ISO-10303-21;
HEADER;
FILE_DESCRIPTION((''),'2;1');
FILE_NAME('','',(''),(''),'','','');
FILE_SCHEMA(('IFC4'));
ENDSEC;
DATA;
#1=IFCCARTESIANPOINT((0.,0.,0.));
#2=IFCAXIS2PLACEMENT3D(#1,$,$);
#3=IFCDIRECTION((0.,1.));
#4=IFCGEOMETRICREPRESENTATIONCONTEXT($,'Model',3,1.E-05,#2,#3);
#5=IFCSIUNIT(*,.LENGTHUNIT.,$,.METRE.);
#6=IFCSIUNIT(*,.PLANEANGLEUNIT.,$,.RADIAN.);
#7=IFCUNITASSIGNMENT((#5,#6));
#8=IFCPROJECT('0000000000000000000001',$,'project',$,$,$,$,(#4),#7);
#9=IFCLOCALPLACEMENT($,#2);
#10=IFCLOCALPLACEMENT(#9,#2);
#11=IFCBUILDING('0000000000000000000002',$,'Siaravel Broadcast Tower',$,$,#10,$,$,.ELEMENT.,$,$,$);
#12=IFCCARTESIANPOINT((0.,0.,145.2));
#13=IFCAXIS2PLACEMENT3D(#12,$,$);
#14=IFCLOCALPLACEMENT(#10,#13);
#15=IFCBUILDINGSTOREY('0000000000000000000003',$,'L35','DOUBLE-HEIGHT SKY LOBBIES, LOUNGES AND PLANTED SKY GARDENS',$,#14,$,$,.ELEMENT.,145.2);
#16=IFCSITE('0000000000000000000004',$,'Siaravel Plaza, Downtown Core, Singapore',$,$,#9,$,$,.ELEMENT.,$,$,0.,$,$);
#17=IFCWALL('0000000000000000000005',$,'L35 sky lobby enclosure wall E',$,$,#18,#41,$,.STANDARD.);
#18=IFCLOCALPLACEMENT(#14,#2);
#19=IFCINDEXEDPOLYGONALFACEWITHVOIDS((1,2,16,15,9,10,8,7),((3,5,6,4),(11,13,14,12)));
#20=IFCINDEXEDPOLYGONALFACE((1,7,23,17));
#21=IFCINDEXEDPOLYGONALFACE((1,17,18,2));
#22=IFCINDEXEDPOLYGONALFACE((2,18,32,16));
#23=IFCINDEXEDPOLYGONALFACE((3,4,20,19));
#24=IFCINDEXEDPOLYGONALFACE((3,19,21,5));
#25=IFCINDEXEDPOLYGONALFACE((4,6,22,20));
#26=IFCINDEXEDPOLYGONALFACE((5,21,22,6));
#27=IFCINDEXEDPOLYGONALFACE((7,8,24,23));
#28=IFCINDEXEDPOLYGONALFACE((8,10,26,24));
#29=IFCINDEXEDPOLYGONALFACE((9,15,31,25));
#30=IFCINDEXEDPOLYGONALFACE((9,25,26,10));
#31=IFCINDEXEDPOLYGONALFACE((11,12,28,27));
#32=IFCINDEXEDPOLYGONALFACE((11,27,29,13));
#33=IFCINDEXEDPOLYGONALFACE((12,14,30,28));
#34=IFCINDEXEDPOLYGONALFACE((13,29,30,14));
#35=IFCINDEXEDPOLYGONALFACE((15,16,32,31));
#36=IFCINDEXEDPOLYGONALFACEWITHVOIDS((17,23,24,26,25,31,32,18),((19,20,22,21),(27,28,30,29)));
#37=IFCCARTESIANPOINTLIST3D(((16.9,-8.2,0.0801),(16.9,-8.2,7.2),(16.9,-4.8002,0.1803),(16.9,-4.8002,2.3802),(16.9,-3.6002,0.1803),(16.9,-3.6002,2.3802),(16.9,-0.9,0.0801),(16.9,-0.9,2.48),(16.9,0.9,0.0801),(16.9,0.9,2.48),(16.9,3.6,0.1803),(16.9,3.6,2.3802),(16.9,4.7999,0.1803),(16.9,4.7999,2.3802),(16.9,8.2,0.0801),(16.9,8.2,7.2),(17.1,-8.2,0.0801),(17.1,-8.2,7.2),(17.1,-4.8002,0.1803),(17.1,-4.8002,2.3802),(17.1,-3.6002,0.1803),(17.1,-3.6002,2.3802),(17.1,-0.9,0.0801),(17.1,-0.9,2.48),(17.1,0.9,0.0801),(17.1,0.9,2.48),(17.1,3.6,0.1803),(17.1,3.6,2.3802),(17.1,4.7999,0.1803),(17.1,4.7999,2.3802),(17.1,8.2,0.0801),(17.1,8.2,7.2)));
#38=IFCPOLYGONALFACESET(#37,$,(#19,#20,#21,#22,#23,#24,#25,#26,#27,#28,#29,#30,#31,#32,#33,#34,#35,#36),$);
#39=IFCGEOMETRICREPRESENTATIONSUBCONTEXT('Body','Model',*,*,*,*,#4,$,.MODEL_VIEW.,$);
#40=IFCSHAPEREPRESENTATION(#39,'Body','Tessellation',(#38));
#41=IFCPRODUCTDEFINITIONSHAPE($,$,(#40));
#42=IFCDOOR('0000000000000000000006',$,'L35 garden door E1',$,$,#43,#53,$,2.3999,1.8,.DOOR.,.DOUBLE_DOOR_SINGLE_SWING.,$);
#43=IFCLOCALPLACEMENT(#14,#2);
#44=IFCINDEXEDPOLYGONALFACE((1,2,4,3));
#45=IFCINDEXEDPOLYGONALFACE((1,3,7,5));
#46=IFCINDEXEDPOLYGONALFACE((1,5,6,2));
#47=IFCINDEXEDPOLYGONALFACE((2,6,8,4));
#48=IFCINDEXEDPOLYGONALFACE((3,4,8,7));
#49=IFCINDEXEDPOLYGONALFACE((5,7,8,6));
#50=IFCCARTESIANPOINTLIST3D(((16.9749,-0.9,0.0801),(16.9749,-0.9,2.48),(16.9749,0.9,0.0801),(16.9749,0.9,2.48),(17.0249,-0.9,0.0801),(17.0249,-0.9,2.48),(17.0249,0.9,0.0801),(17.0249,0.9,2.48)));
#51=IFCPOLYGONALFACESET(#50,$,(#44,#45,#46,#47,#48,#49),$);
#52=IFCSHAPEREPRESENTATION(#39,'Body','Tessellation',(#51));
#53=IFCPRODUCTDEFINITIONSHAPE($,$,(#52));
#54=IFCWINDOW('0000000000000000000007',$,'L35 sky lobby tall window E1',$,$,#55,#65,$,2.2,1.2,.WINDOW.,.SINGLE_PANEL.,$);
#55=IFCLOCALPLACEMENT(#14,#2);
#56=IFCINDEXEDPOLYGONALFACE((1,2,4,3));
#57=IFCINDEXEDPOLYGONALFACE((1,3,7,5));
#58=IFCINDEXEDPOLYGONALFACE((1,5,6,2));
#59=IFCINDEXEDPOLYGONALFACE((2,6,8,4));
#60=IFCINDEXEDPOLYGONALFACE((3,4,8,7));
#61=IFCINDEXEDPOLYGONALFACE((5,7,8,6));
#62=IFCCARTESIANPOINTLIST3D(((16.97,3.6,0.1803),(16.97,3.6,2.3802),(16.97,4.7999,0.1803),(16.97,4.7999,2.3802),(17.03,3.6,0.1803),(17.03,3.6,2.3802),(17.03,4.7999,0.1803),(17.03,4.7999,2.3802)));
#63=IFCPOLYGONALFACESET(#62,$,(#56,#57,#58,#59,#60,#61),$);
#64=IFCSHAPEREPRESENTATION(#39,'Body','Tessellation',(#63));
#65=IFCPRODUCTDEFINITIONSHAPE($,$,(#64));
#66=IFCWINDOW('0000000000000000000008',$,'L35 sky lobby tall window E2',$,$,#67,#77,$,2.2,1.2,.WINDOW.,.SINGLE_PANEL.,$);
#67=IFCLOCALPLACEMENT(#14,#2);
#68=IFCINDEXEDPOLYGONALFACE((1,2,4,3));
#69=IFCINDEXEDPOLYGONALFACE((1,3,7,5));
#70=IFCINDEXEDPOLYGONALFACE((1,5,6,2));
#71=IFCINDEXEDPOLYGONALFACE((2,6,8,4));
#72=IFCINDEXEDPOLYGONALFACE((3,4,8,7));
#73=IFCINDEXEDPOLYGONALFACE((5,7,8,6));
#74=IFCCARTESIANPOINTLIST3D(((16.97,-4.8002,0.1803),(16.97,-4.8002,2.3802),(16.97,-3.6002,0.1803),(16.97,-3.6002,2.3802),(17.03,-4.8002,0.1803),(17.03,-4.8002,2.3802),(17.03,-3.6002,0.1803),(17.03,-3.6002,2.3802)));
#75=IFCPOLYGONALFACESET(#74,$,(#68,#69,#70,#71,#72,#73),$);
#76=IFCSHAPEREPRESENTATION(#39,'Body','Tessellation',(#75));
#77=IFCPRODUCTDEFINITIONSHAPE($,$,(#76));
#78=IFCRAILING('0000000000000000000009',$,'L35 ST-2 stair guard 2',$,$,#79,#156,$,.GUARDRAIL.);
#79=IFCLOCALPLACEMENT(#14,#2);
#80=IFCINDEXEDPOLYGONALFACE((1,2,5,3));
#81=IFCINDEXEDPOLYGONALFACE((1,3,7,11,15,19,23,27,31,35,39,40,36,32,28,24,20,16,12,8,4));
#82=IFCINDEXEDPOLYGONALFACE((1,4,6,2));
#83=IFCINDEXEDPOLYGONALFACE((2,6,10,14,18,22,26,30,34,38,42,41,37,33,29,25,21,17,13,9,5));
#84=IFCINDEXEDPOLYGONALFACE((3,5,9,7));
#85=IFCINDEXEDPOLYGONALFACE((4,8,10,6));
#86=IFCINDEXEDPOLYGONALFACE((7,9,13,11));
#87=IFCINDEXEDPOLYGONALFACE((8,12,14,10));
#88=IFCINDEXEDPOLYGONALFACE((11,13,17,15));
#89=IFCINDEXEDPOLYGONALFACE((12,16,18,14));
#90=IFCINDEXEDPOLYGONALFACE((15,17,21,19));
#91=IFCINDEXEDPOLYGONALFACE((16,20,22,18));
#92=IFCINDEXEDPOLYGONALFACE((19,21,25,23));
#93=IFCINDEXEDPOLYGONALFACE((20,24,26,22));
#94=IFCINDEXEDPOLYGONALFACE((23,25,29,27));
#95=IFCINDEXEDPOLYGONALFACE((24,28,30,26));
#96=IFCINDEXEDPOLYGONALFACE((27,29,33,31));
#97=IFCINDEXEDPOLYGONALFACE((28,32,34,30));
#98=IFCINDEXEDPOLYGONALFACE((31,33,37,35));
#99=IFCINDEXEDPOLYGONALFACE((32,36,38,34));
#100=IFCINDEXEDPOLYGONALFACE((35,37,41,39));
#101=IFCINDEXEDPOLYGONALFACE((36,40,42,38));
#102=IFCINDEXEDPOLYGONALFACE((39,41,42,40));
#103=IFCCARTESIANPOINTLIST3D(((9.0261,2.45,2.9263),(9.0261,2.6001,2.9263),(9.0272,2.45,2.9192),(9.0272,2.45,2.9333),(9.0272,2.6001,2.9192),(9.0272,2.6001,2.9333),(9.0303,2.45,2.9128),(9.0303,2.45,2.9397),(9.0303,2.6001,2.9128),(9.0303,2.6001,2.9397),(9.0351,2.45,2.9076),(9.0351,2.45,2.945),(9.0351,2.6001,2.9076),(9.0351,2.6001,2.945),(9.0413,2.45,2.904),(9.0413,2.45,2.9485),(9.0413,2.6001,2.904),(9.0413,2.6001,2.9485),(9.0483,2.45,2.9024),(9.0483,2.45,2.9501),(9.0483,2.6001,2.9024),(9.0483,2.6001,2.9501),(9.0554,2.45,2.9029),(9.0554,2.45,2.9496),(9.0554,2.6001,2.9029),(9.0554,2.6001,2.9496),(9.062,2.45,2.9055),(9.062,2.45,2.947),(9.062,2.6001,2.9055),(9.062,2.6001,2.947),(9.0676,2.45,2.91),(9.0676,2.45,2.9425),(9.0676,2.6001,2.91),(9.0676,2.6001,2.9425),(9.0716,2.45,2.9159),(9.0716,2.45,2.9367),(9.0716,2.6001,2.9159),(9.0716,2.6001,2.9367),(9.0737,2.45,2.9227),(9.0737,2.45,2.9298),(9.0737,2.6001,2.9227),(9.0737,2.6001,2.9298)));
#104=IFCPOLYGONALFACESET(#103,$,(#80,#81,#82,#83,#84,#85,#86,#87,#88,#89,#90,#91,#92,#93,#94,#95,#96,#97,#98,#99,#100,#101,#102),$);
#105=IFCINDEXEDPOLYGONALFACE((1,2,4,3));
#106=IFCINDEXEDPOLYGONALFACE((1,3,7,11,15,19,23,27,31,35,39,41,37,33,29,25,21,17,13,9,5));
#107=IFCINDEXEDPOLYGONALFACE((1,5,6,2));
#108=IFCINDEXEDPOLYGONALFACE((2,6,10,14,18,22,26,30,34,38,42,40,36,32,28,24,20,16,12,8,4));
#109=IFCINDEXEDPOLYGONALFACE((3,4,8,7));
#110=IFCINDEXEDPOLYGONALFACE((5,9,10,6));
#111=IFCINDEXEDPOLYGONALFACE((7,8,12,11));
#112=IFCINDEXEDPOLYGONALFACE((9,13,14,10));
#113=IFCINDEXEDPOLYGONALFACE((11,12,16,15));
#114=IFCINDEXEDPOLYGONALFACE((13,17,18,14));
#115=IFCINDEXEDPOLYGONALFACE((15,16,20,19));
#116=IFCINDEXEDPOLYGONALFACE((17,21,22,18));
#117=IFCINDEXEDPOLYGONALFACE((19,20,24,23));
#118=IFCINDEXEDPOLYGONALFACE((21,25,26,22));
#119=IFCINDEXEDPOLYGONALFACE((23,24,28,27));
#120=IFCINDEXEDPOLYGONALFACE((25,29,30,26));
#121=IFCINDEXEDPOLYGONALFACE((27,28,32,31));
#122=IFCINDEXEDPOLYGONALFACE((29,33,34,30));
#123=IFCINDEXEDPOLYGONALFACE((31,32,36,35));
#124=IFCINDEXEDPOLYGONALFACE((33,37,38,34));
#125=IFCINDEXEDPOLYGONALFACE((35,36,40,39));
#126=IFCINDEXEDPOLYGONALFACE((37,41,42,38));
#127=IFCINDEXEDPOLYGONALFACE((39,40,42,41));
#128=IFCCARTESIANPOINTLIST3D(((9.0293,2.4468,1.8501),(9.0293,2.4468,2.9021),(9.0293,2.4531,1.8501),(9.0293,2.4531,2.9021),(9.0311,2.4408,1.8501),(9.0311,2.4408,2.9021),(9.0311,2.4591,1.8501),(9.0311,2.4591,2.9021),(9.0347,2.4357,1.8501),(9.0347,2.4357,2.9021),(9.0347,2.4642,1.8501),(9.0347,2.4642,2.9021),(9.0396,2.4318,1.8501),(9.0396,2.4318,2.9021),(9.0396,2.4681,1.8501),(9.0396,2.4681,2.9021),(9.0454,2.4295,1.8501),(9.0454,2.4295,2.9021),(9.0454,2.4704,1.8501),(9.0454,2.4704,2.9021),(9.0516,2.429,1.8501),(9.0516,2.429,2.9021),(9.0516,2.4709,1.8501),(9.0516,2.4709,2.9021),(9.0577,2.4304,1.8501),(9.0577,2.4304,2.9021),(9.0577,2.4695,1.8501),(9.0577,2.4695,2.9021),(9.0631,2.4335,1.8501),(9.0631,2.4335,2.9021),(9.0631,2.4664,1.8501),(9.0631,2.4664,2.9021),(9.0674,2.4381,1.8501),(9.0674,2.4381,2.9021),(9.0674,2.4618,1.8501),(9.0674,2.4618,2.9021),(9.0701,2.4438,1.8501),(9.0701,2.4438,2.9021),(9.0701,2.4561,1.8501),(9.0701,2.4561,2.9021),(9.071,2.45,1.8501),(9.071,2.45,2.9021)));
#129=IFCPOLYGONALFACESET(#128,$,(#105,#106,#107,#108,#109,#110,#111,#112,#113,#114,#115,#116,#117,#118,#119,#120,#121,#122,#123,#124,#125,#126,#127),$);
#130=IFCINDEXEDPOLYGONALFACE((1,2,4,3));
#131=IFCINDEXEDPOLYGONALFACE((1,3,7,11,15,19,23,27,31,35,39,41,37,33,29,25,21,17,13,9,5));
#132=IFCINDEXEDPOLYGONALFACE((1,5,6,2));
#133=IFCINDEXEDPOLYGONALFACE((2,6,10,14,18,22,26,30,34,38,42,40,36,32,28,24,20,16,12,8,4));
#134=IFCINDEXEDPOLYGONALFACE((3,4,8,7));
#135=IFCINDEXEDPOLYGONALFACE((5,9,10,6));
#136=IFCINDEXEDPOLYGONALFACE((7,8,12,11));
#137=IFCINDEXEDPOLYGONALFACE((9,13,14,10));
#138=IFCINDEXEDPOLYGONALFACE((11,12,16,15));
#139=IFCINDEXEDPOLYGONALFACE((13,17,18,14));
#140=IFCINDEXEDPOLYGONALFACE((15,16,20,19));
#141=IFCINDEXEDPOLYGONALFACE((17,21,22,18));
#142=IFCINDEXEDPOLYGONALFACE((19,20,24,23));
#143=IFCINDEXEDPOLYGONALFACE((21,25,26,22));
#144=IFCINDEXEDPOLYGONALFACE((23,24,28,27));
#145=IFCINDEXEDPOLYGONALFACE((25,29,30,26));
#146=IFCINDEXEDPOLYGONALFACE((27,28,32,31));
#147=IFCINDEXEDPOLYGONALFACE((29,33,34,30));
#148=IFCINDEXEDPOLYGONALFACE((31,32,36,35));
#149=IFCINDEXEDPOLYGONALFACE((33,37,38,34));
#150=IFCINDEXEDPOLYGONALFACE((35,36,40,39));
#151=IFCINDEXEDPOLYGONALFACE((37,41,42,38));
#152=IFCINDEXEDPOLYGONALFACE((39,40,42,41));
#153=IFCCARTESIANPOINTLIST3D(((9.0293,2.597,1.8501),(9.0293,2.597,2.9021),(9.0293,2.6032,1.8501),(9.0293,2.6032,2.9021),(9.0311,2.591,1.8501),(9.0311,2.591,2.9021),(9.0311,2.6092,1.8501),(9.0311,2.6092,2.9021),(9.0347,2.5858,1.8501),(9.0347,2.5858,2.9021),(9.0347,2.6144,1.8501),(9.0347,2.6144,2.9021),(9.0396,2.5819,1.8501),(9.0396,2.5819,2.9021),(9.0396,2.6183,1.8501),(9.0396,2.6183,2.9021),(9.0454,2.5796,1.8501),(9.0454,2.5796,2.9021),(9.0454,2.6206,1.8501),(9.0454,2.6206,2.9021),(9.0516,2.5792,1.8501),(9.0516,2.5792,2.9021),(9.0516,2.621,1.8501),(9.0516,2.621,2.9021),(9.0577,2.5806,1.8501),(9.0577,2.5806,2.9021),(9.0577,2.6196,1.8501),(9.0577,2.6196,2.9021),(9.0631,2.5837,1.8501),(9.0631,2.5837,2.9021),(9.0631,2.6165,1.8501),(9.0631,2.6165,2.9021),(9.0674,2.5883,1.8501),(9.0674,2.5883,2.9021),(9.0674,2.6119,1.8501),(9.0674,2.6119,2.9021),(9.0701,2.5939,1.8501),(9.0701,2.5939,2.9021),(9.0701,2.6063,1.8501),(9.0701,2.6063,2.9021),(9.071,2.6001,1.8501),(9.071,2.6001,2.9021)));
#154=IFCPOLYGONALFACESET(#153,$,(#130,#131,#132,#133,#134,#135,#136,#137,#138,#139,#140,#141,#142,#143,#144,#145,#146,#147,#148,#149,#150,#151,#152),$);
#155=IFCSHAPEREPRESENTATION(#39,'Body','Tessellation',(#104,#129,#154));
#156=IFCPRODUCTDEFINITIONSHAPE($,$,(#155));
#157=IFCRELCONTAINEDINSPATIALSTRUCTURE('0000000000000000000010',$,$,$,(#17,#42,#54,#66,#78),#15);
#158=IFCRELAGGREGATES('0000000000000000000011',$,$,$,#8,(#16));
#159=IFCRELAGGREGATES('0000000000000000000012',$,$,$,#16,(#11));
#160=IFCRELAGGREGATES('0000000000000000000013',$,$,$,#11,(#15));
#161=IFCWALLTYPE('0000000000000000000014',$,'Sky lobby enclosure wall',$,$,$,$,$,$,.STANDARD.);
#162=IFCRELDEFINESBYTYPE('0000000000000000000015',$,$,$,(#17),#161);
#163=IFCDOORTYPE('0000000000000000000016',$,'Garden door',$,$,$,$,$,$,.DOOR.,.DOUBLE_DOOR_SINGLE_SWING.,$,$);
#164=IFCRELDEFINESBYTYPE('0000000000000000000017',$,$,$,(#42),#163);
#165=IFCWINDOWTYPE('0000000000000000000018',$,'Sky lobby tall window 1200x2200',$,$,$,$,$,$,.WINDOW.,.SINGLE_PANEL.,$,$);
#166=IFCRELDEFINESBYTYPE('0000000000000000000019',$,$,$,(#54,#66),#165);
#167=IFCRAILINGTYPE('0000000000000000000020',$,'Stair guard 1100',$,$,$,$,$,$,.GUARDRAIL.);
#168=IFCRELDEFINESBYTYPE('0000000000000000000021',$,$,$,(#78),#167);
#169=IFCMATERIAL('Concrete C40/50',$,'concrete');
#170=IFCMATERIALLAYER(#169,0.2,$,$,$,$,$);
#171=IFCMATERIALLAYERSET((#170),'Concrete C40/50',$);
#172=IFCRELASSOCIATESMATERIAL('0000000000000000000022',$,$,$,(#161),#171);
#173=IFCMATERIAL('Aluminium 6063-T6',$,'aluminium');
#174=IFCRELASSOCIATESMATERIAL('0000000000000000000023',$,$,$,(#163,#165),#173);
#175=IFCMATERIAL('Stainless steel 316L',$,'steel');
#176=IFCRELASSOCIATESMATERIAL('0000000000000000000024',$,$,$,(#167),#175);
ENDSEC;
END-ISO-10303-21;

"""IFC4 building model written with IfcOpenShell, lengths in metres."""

from ifc_helpers import new_model, si_unit, direction, frame, frame_2d, origin, origin_2d, place, context, subcontext, project, spatial, rectangle, circle, extrude, material, layer, layer_set, type_object, element, fill, save


model = new_model("IFC4")

# Units and contexts
model_context = context("Model", 3, precision=1e-05, world=origin(), true_north=direction((0.0, 1.0)))
body_context = subcontext(model_context, "Body", "Model", "MODEL_VIEW")
ifc_project = project(units=[si_unit("LENGTHUNIT", "METRE"), si_unit("PLANEANGLEUNIT", "RADIAN")], contexts=[model_context])

# Site, building, storey
site_placement = place(None, origin())
site = spatial("IfcSite", under=ifc_project, at=site_placement, Name="Siaravel Plaza, Downtown Core, Singapore", CompositionType="ELEMENT", RefElevation=0.0)
building_placement = place(site_placement, origin())
building = spatial("IfcBuilding", under=site, at=building_placement, Name="Siaravel Broadcast Tower", CompositionType="ELEMENT")
storey_placement = place(building_placement, frame((0.0, 0.0, 145.2)))
storey = spatial("IfcBuildingStorey", under=building, at=storey_placement, Name="L35", Description="DOUBLE-HEIGHT SKY LOBBIES, LOUNGES AND PLANTED SKY GARDENS", CompositionType="ELEMENT", Elevation=145.2)

# Shared definitions
ifc_material_1 = material(Name="Concrete C40/50", Category="concrete")
ifc_layer_1 = layer(ifc_material_1, 0.2)
ifc_layer_set_1 = layer_set([ifc_layer_1], Name="Concrete C40/50")
wall_type_1 = type_object("IfcWallType", Name="Sky lobby enclosure wall", PredefinedType="STANDARD", material=ifc_layer_set_1)

# Wall, openings, door, windows
wall_1_placement = place(storey_placement, frame((17.0, 8.2, 0.0801), z_axis=(0.0, 0.0, 1.0), x_axis=(0.0, -1.0, 0.0)))
wall_1 = element("IfcWall", 1, at=wall_1_placement, inside=storey, type_object=wall_type_1, Name="L35 sky lobby enclosure wall E", PredefinedType="STANDARD", context=body_context, shape_type="SweptSolid", body=[
    extrude(rectangle(XDim=16.3999, YDim=0.2, at=frame_2d((8.2, 0.0))), origin(), (0.0, 0.0, 1.0), 7.1199),
])
opening_1_placement = place(wall_1_placement, frame((7.3, 0.0, 0.0)))
opening_1 = element("IfcOpeningElement", 2, at=opening_1_placement, cuts=wall_1, PredefinedType="OPENING", context=body_context, shape_type="SweptSolid", body=[
    extrude(rectangle(XDim=1.8, YDim=2.3999, at=frame_2d((0.8999, 1.2))), frame((0.0, 0.1099, 0.0), z_axis=(0.0, -1.0, 0.0), x_axis=(1.0, 0.0, 0.0)), (0.0, 0.0, 1.0), 0.22),
])
opening_2_placement = place(wall_1_placement, frame((3.3999, 0.0, 0.1001)))
opening_2 = element("IfcOpeningElement", 3, at=opening_2_placement, cuts=wall_1, PredefinedType="OPENING", context=body_context, shape_type="SweptSolid", body=[
    extrude(rectangle(XDim=1.2, YDim=2.2, at=frame_2d((0.6001, 1.1001))), frame((0.0, 0.1099, 0.0), z_axis=(0.0, -1.0, 0.0), x_axis=(1.0, 0.0, 0.0)), (0.0, 0.0, 1.0), 0.22),
])
opening_3_placement = place(wall_1_placement, frame((11.8, 0.0, 0.1001)))
opening_3 = element("IfcOpeningElement", 4, at=opening_3_placement, cuts=wall_1, PredefinedType="OPENING", context=body_context, shape_type="SweptSolid", body=[
    extrude(rectangle(XDim=1.2, YDim=2.2, at=frame_2d((0.6001, 1.1001))), frame((0.0, 0.1099, 0.0), z_axis=(0.0, -1.0, 0.0), x_axis=(1.0, 0.0, 0.0)), (0.0, 0.0, 1.0), 0.22),
])
ifc_material_2 = material(Name="Aluminium 6063-T6", Category="aluminium")
door_type_1 = type_object("IfcDoorType", Name="Garden door", OperationType="DOUBLE_DOOR_SINGLE_SWING", PredefinedType="DOOR", material=ifc_material_2)
door_1_placement = place(opening_1_placement, origin())
door_1 = element("IfcDoor", 5, at=door_1_placement, inside=storey, type_object=door_type_1, Name="L35 garden door E1", OperationType="DOUBLE_DOOR_SINGLE_SWING", OverallHeight=2.3999, OverallWidth=1.8, PredefinedType="DOOR", context=body_context, shape_type="SweptSolid", body=[
    extrude(rectangle(XDim=1.8, YDim=2.3999, at=frame_2d((0.8999, 1.2))), frame((0.0, 0.0249, 0.0), z_axis=(0.0, -1.0, 0.0), x_axis=(1.0, 0.0, 0.0)), (0.0, 0.0, 1.0), 0.05),
])
fill(opening_1, door_1)
window_type = type_object("IfcWindowType", Name="Sky lobby tall window 1200x2200", PartitioningType="SINGLE_PANEL", PredefinedType="WINDOW", material=ifc_material_2)
window_1_placement = place(opening_2_placement, origin())
window_1 = element("IfcWindow", 6, at=window_1_placement, inside=storey, type_object=window_type, Name="L35 sky lobby tall window E1", OverallHeight=2.2, OverallWidth=1.2, PartitioningType="SINGLE_PANEL", PredefinedType="WINDOW", context=body_context, shape_type="SweptSolid", body=[
    extrude(rectangle(XDim=1.2, YDim=2.2, at=frame_2d((0.6001, 1.1001))), frame((0.0, 0.03, 0.0), z_axis=(0.0, -1.0, 0.0), x_axis=(1.0, 0.0, 0.0)), (0.0, 0.0, 1.0), 0.0601),
])
fill(opening_2, window_1)
window_2_placement = place(opening_3_placement, origin())
window_2 = element("IfcWindow", 7, at=window_2_placement, inside=storey, type_object=window_type, Name="L35 sky lobby tall window E2", OverallHeight=2.2, OverallWidth=1.2, PartitioningType="SINGLE_PANEL", PredefinedType="WINDOW", context=body_context, shape_type="SweptSolid", body=[
    extrude(rectangle(XDim=1.2, YDim=2.2, at=frame_2d((0.6001, 1.1001))), frame((0.0, 0.03, 0.0), z_axis=(0.0, -1.0, 0.0), x_axis=(1.0, 0.0, 0.0)), (0.0, 0.0, 1.0), 0.0601),
])
fill(opening_3, window_2)

# Railing
ifc_material_3 = material(Name="Stainless steel 316L", Category="steel")
railing_type_1 = type_object("IfcRailingType", Name="Stair guard 1100", PredefinedType="GUARDRAIL", material=ifc_material_3)
for number, where, name in (
    (8, (9.05, 2.45, 1.8501), "L35 ST-2 stair guard 2"),
):
    element("IfcRailing", number, at=place(storey_placement, frame(where)), inside=storey, type_object=railing_type_1, Name=name, PredefinedType="GUARDRAIL", context=body_context, shape_type="SweptSolid", body=[
        extrude(circle(Radius=0.0239, at=origin_2d()), frame((0.0, 0.0, 1.0762), z_axis=(0.0, 1.0, 0.0), x_axis=(-1.0, 0.0, 0.0)), (0.0, 0.0, 1.0), 0.1501),
        extrude(circle(Radius=0.021, at=origin_2d()), origin(), (0.0, 0.0, 1.0), 1.052),
        extrude(circle(Radius=0.021, at=origin_2d()), frame((0.0, 0.1501, 0.0)), (0.0, 0.0, 1.0), 1.052),
    ])

save(model, "model.ifc")
